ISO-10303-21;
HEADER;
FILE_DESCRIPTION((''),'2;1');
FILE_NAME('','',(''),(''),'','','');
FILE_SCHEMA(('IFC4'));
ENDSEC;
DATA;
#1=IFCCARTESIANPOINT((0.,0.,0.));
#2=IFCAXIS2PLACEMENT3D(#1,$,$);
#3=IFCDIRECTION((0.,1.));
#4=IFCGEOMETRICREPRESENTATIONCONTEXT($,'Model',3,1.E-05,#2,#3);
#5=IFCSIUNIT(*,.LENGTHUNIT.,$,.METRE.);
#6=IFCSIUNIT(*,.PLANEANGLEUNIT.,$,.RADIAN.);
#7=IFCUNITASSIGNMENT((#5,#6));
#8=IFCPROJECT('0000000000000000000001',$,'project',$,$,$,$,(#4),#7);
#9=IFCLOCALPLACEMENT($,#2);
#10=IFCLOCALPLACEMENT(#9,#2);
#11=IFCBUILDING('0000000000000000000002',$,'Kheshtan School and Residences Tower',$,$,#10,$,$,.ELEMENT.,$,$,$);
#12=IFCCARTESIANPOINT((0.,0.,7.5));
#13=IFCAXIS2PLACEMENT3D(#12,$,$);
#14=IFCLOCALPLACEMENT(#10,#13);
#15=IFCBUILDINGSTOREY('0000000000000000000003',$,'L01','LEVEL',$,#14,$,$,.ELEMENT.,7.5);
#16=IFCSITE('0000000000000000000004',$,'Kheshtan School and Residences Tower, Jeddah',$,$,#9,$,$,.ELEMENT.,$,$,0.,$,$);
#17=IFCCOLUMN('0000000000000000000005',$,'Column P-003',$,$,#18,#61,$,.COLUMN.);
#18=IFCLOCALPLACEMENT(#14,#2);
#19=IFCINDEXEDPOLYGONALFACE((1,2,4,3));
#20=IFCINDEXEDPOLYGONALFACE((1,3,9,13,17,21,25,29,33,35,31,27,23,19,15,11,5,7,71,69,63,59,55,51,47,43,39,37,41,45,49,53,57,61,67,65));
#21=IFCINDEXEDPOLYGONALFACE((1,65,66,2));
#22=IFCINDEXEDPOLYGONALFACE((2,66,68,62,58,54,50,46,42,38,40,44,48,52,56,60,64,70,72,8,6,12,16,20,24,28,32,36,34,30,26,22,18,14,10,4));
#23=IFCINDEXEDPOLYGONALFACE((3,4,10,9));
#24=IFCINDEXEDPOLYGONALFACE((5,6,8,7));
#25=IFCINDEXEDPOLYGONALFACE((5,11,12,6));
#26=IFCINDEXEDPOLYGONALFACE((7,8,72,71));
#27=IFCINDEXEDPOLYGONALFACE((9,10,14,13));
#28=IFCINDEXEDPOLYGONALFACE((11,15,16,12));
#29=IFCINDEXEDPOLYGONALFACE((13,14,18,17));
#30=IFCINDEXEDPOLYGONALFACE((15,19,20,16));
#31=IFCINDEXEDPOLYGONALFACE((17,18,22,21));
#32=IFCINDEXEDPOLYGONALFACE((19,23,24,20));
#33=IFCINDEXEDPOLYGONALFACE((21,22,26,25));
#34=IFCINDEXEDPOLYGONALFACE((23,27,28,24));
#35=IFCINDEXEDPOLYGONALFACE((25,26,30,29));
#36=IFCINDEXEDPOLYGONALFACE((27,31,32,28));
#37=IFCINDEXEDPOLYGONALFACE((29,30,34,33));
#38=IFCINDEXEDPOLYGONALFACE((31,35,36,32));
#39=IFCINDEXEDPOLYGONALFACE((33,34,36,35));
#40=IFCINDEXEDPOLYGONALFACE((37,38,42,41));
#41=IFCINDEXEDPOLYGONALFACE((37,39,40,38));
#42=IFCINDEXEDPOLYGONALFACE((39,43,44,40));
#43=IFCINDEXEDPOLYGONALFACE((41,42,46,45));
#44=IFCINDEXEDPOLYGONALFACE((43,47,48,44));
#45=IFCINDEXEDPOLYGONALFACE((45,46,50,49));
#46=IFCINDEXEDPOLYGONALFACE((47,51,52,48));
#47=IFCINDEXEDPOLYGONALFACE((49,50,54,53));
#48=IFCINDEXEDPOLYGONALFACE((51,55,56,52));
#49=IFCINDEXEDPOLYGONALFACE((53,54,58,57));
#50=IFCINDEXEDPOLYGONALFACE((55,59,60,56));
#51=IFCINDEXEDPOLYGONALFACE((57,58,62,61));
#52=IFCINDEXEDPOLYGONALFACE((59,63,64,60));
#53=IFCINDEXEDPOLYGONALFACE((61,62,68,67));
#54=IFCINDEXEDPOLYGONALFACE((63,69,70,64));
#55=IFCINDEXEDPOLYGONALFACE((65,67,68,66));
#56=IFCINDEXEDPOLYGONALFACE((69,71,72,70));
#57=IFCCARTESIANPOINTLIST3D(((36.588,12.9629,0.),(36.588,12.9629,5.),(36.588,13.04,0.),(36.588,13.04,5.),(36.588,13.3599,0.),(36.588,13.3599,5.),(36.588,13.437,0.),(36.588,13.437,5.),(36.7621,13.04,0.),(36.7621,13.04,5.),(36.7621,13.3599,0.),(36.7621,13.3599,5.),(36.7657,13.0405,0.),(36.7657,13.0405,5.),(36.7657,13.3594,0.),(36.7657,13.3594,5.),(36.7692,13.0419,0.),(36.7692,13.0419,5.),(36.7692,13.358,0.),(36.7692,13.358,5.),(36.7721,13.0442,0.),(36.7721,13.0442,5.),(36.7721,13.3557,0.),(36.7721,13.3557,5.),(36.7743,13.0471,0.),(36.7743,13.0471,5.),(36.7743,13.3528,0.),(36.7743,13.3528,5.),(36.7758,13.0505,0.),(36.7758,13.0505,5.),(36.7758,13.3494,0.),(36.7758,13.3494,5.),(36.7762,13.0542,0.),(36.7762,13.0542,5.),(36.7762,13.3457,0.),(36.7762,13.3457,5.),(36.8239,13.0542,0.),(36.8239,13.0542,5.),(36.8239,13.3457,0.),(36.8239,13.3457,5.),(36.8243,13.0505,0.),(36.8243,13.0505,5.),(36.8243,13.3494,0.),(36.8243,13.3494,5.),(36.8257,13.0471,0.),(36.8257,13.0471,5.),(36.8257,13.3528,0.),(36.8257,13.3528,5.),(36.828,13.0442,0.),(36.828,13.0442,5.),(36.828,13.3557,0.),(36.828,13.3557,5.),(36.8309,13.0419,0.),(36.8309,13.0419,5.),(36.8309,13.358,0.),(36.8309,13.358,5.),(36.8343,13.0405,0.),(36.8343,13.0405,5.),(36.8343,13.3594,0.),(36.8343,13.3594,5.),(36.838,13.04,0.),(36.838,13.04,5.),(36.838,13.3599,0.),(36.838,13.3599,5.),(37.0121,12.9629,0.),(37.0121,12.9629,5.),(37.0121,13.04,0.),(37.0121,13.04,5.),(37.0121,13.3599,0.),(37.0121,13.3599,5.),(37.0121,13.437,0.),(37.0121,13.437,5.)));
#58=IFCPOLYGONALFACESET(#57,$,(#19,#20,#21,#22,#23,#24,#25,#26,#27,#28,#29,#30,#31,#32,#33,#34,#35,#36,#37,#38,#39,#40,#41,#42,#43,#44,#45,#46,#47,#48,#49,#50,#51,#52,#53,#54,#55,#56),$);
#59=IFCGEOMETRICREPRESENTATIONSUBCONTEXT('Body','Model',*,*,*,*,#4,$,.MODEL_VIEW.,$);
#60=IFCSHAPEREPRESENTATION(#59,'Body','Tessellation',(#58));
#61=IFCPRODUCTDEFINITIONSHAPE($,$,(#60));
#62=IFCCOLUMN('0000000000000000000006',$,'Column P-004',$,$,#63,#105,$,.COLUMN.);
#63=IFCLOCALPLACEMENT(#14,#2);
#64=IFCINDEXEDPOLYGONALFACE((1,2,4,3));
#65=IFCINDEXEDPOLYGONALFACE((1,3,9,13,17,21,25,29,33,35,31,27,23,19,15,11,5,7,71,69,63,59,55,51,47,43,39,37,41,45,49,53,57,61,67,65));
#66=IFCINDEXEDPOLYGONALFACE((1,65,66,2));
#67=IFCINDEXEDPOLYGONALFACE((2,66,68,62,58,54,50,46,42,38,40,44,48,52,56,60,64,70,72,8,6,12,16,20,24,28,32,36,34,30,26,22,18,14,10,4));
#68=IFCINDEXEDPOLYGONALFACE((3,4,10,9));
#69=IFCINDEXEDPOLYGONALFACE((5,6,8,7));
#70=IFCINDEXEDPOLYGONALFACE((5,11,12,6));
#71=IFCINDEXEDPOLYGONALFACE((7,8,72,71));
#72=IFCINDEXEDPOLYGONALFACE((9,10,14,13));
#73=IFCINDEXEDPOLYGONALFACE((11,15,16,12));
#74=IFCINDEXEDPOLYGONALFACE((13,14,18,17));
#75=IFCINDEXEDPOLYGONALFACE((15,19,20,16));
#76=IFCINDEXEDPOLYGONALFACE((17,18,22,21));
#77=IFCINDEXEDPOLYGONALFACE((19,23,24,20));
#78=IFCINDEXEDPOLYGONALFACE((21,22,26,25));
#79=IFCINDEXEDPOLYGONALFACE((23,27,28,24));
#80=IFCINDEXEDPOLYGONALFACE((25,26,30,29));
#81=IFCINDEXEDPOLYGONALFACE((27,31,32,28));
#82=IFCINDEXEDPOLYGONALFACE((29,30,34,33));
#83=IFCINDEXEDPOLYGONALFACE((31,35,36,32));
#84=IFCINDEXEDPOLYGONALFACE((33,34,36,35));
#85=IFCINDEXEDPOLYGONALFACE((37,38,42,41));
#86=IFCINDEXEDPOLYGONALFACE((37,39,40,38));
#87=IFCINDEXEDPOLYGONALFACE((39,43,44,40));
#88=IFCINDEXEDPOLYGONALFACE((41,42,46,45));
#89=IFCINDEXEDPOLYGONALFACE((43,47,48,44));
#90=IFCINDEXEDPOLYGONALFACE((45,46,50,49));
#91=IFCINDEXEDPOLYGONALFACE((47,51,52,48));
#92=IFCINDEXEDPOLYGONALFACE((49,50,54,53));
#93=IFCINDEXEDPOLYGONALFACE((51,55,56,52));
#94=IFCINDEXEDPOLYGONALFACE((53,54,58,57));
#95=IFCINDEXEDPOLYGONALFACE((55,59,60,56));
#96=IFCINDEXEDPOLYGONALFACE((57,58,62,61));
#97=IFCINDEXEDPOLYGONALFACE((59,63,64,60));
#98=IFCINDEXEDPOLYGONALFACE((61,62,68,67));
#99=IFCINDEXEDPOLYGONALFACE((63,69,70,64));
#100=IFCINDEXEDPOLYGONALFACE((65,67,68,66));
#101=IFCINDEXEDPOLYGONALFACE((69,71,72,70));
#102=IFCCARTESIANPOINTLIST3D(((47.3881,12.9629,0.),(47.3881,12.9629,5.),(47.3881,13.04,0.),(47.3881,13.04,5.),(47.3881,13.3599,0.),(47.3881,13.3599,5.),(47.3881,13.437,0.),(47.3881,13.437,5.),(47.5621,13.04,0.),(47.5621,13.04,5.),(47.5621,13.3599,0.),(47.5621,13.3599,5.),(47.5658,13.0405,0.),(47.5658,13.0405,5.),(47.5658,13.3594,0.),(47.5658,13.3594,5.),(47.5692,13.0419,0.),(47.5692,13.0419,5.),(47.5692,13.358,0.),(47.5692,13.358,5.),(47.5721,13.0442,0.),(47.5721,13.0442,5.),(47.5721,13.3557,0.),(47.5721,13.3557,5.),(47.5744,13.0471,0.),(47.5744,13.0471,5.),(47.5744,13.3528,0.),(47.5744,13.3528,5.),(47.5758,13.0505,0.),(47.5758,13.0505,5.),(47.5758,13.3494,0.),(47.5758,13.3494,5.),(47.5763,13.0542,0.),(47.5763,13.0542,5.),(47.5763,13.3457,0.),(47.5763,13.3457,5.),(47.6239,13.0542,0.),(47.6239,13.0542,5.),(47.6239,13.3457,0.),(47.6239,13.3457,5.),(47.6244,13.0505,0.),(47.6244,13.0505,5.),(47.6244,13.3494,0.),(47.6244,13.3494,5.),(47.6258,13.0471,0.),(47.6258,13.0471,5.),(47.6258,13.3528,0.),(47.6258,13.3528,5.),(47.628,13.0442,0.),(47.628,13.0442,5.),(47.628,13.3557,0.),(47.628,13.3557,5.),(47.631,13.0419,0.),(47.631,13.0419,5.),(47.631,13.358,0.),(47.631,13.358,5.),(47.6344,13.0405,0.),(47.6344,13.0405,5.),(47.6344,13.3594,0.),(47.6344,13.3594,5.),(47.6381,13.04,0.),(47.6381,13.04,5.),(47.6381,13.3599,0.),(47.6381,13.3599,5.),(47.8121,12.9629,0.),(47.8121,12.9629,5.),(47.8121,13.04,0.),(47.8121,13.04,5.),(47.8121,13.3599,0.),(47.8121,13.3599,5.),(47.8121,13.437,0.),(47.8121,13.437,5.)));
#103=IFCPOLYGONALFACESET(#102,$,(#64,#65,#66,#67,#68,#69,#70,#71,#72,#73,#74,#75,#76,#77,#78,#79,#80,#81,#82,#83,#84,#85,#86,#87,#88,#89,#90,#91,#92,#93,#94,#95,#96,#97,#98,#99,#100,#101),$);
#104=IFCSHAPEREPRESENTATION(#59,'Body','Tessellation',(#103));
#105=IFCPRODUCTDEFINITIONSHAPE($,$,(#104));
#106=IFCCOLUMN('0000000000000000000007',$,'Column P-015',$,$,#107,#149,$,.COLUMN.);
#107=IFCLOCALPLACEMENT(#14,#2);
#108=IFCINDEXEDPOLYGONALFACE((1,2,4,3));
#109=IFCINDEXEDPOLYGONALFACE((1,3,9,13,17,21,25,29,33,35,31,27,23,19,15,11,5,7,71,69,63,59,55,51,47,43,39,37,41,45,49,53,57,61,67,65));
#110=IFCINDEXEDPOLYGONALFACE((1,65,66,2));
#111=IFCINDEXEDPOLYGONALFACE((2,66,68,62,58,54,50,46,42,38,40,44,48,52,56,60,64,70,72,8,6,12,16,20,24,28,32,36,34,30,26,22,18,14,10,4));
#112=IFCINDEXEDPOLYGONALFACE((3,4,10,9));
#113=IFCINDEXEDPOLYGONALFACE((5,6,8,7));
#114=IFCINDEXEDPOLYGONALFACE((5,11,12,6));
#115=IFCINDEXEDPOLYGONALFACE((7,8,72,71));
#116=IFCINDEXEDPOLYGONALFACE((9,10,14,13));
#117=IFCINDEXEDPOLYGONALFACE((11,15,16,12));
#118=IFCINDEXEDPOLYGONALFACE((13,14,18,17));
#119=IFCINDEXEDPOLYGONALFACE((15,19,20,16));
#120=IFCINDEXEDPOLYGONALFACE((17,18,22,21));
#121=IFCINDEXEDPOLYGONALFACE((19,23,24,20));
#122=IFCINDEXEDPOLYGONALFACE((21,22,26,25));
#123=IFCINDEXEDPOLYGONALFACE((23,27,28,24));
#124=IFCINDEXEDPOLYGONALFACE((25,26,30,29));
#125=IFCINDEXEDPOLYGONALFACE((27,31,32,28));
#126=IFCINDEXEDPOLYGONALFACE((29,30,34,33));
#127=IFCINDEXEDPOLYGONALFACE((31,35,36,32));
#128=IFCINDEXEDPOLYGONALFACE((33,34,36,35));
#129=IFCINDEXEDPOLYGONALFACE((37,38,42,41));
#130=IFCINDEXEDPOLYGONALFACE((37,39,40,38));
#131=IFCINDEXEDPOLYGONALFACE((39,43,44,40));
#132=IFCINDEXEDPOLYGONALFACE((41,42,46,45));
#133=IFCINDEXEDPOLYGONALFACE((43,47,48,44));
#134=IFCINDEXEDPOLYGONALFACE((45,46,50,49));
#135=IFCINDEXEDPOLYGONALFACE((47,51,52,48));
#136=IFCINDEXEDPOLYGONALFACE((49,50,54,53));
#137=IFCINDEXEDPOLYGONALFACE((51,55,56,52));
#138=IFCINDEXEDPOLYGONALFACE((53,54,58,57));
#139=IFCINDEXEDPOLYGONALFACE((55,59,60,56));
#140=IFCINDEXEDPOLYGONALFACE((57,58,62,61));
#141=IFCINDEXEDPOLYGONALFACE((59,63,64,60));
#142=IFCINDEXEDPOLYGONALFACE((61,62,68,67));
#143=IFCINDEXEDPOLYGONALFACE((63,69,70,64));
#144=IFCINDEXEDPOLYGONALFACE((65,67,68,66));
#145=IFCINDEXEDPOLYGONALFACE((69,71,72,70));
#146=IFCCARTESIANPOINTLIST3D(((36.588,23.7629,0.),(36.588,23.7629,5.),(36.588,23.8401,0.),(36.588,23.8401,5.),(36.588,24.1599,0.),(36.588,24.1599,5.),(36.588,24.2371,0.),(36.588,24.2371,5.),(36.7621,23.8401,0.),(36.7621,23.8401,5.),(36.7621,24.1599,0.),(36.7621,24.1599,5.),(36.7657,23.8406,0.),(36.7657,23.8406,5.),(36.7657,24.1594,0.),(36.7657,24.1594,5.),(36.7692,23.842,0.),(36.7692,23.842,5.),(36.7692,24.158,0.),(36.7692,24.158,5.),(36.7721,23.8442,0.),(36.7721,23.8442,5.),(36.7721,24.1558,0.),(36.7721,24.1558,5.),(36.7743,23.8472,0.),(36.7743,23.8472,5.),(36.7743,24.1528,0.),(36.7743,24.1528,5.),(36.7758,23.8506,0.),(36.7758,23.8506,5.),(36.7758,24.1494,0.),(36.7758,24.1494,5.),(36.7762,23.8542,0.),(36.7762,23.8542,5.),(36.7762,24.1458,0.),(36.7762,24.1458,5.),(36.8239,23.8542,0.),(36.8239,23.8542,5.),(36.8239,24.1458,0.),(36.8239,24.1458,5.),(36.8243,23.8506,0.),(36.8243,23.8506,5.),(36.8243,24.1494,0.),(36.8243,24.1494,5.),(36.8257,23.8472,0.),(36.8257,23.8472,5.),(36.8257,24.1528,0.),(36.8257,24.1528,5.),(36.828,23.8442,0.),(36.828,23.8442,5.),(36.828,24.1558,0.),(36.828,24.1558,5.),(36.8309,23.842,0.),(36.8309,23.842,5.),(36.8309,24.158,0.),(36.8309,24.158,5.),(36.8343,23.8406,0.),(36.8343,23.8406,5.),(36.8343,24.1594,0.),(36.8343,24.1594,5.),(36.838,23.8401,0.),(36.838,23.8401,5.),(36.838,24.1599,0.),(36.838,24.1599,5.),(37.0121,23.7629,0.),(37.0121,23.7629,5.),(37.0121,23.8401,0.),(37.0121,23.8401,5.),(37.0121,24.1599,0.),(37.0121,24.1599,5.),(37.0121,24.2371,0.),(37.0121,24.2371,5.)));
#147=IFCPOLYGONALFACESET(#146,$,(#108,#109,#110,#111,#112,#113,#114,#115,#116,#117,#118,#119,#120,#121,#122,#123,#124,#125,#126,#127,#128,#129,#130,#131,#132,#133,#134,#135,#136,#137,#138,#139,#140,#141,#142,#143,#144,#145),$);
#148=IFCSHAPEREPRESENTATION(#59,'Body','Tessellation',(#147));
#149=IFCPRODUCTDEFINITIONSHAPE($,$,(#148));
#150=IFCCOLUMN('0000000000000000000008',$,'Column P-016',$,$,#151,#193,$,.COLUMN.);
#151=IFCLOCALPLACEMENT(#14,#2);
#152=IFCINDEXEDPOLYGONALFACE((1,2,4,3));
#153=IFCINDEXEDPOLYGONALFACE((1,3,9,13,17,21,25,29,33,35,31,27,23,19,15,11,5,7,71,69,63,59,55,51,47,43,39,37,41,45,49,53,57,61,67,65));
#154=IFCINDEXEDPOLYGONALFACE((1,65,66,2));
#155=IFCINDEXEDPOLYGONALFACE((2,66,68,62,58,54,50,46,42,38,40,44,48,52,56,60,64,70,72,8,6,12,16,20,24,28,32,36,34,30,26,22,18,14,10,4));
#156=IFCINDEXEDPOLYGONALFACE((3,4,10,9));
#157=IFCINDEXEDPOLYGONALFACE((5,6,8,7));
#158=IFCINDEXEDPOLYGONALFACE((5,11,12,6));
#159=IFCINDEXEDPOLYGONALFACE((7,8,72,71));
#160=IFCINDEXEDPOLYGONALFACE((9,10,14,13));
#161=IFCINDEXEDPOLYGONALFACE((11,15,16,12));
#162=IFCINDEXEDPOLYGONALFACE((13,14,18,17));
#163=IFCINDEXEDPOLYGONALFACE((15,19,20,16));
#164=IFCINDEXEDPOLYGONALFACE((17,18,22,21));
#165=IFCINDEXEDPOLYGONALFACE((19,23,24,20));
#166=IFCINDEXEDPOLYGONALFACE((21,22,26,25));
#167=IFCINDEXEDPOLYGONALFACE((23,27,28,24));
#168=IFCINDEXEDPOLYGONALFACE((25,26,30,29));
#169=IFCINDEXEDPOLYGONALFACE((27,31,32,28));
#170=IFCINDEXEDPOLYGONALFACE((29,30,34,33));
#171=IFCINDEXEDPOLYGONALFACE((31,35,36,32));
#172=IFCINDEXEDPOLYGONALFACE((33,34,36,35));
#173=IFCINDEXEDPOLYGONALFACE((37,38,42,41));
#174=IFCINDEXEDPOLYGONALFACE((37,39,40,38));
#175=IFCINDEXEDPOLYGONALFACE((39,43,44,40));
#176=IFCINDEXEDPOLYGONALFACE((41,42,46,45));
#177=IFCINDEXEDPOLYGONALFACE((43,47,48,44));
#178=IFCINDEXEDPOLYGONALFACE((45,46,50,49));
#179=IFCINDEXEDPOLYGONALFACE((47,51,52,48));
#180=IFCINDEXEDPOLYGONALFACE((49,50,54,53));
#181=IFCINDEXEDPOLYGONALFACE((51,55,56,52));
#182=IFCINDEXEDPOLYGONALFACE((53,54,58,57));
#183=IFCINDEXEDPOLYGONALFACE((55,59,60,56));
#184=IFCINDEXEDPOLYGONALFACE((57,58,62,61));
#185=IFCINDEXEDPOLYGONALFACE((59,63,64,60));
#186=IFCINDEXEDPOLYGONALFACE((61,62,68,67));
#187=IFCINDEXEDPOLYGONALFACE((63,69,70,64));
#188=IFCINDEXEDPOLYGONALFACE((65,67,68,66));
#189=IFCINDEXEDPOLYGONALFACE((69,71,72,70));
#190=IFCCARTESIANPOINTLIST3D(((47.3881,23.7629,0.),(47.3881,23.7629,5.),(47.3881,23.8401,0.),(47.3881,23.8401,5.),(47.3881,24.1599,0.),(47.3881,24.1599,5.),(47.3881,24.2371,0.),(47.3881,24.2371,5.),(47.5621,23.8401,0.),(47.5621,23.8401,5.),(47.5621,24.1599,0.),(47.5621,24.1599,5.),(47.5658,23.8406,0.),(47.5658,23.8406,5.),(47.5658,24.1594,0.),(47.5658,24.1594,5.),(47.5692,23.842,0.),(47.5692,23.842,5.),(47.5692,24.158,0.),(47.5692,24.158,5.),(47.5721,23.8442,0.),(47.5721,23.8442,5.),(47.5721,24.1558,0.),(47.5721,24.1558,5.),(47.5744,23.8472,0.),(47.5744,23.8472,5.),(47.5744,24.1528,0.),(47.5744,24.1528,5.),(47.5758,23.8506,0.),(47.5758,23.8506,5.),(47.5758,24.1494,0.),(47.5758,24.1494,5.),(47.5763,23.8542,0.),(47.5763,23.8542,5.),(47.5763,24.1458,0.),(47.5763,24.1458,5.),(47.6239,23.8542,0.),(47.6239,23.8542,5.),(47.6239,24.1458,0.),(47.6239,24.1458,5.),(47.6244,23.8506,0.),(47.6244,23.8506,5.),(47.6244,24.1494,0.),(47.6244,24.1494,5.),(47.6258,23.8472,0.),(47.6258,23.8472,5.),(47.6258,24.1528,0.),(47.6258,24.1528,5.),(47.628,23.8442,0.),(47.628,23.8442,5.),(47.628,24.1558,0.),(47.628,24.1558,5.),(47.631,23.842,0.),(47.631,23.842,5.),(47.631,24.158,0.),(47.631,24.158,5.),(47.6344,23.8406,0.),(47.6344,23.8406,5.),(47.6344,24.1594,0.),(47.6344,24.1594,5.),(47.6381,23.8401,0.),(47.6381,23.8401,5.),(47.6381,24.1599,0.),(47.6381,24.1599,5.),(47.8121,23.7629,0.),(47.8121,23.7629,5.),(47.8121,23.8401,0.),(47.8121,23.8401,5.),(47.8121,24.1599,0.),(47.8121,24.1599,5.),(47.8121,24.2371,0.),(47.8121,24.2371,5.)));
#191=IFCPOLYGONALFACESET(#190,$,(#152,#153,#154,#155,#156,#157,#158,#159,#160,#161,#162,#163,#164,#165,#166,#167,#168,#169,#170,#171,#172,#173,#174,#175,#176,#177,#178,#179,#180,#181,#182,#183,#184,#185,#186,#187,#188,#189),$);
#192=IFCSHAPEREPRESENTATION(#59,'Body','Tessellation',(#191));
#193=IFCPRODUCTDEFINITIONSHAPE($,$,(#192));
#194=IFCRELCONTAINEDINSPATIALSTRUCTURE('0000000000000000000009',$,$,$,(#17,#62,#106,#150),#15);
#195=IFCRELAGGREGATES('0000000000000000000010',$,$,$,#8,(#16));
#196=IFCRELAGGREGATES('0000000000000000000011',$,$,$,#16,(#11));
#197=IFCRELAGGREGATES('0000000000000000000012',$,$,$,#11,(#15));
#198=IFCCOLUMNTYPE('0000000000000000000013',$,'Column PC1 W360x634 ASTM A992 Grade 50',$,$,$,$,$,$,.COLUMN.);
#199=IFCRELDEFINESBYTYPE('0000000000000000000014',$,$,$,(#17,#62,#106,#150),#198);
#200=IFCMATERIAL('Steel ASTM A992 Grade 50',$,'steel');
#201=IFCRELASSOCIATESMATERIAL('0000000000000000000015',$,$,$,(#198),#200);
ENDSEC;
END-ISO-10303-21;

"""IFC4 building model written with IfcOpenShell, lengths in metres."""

from ifc_helpers import new_model, si_unit, direction, frame, origin, origin_2d, place, context, subcontext, project, spatial, i_section, extrude, material, material_profile, profile_set, type_object, element, save


model = new_model("IFC4")

# Units and contexts
model_context = context("Model", 3, precision=1e-05, world=origin(), true_north=direction((0.0, 1.0)))
body_context = subcontext(model_context, "Body", "Model", "MODEL_VIEW")
ifc_project = project(units=[si_unit("LENGTHUNIT", "METRE"), si_unit("PLANEANGLEUNIT", "RADIAN")], contexts=[model_context])

# Site, building, storey
site_placement = place(None, origin())
site = spatial("IfcSite", under=ifc_project, at=site_placement, Name="Kheshtan School and Residences Tower, Jeddah", CompositionType="ELEMENT", RefElevation=0.0)
building_placement = place(site_placement, origin())
building = spatial("IfcBuilding", under=site, at=building_placement, Name="Kheshtan School and Residences Tower", CompositionType="ELEMENT")
storey_placement = place(building_placement, frame((0.0, 0.0, 7.5)))
storey = spatial("IfcBuildingStorey", under=building, at=storey_placement, Name="L01", Description="LEVEL", CompositionType="ELEMENT", Elevation=7.5)

# Columns
ifc_material_1 = material(Name="Steel ASTM A992 Grade 50", Category="steel")
ifc_material_profile_1 = material_profile(ifc_material_1, i_section(OverallWidth=0.4241, OverallDepth=0.4741, WebThickness=0.0476, FlangeThickness=0.0771, FilletRadius=0.0142, at=origin_2d()), Name="W360x634")
ifc_profile_set_1 = profile_set([ifc_material_profile_1], Name="Steel ASTM A992 Grade 50")
column_type = type_object("IfcColumnType", Name="Column PC1 W360x634 ASTM A992 Grade 50", PredefinedType="COLUMN", material=ifc_profile_set_1)
for number, where, z_axis, x_axis, name in (
    (1, (36.8, 13.2, 0.0), (0.0, 0.0, 1.0), (1.0, 0.0, 0.0), "Column P-003"),
    (2, (47.6001, 13.2, 0.0), (0.0, 0.0, 1.0), (1.0, 0.0, 0.0), "Column P-004"),
    (3, (36.8, 24.0, 0.0), (0.0, 0.0, 1.0), (1.0, 0.0, 0.0), "Column P-015"),
    (4, (47.6001, 24.0, 0.0), (0.0, 0.0, 1.0), (1.0, 0.0, 0.0), "Column P-016"),
):
    element("IfcColumn", number, at=place(storey_placement, frame(where, z_axis=z_axis, x_axis=x_axis)), inside=storey, type_object=column_type, Name=name, PredefinedType="COLUMN", context=body_context, shape_type="SweptSolid", body=[
        extrude(i_section(OverallWidth=0.4241, OverallDepth=0.4741, WebThickness=0.0476, FlangeThickness=0.0771, FilletRadius=0.0142, at=origin_2d()), origin(), (0.0, 0.0, 1.0), 5.0),
    ])

save(model, "model.ifc")
